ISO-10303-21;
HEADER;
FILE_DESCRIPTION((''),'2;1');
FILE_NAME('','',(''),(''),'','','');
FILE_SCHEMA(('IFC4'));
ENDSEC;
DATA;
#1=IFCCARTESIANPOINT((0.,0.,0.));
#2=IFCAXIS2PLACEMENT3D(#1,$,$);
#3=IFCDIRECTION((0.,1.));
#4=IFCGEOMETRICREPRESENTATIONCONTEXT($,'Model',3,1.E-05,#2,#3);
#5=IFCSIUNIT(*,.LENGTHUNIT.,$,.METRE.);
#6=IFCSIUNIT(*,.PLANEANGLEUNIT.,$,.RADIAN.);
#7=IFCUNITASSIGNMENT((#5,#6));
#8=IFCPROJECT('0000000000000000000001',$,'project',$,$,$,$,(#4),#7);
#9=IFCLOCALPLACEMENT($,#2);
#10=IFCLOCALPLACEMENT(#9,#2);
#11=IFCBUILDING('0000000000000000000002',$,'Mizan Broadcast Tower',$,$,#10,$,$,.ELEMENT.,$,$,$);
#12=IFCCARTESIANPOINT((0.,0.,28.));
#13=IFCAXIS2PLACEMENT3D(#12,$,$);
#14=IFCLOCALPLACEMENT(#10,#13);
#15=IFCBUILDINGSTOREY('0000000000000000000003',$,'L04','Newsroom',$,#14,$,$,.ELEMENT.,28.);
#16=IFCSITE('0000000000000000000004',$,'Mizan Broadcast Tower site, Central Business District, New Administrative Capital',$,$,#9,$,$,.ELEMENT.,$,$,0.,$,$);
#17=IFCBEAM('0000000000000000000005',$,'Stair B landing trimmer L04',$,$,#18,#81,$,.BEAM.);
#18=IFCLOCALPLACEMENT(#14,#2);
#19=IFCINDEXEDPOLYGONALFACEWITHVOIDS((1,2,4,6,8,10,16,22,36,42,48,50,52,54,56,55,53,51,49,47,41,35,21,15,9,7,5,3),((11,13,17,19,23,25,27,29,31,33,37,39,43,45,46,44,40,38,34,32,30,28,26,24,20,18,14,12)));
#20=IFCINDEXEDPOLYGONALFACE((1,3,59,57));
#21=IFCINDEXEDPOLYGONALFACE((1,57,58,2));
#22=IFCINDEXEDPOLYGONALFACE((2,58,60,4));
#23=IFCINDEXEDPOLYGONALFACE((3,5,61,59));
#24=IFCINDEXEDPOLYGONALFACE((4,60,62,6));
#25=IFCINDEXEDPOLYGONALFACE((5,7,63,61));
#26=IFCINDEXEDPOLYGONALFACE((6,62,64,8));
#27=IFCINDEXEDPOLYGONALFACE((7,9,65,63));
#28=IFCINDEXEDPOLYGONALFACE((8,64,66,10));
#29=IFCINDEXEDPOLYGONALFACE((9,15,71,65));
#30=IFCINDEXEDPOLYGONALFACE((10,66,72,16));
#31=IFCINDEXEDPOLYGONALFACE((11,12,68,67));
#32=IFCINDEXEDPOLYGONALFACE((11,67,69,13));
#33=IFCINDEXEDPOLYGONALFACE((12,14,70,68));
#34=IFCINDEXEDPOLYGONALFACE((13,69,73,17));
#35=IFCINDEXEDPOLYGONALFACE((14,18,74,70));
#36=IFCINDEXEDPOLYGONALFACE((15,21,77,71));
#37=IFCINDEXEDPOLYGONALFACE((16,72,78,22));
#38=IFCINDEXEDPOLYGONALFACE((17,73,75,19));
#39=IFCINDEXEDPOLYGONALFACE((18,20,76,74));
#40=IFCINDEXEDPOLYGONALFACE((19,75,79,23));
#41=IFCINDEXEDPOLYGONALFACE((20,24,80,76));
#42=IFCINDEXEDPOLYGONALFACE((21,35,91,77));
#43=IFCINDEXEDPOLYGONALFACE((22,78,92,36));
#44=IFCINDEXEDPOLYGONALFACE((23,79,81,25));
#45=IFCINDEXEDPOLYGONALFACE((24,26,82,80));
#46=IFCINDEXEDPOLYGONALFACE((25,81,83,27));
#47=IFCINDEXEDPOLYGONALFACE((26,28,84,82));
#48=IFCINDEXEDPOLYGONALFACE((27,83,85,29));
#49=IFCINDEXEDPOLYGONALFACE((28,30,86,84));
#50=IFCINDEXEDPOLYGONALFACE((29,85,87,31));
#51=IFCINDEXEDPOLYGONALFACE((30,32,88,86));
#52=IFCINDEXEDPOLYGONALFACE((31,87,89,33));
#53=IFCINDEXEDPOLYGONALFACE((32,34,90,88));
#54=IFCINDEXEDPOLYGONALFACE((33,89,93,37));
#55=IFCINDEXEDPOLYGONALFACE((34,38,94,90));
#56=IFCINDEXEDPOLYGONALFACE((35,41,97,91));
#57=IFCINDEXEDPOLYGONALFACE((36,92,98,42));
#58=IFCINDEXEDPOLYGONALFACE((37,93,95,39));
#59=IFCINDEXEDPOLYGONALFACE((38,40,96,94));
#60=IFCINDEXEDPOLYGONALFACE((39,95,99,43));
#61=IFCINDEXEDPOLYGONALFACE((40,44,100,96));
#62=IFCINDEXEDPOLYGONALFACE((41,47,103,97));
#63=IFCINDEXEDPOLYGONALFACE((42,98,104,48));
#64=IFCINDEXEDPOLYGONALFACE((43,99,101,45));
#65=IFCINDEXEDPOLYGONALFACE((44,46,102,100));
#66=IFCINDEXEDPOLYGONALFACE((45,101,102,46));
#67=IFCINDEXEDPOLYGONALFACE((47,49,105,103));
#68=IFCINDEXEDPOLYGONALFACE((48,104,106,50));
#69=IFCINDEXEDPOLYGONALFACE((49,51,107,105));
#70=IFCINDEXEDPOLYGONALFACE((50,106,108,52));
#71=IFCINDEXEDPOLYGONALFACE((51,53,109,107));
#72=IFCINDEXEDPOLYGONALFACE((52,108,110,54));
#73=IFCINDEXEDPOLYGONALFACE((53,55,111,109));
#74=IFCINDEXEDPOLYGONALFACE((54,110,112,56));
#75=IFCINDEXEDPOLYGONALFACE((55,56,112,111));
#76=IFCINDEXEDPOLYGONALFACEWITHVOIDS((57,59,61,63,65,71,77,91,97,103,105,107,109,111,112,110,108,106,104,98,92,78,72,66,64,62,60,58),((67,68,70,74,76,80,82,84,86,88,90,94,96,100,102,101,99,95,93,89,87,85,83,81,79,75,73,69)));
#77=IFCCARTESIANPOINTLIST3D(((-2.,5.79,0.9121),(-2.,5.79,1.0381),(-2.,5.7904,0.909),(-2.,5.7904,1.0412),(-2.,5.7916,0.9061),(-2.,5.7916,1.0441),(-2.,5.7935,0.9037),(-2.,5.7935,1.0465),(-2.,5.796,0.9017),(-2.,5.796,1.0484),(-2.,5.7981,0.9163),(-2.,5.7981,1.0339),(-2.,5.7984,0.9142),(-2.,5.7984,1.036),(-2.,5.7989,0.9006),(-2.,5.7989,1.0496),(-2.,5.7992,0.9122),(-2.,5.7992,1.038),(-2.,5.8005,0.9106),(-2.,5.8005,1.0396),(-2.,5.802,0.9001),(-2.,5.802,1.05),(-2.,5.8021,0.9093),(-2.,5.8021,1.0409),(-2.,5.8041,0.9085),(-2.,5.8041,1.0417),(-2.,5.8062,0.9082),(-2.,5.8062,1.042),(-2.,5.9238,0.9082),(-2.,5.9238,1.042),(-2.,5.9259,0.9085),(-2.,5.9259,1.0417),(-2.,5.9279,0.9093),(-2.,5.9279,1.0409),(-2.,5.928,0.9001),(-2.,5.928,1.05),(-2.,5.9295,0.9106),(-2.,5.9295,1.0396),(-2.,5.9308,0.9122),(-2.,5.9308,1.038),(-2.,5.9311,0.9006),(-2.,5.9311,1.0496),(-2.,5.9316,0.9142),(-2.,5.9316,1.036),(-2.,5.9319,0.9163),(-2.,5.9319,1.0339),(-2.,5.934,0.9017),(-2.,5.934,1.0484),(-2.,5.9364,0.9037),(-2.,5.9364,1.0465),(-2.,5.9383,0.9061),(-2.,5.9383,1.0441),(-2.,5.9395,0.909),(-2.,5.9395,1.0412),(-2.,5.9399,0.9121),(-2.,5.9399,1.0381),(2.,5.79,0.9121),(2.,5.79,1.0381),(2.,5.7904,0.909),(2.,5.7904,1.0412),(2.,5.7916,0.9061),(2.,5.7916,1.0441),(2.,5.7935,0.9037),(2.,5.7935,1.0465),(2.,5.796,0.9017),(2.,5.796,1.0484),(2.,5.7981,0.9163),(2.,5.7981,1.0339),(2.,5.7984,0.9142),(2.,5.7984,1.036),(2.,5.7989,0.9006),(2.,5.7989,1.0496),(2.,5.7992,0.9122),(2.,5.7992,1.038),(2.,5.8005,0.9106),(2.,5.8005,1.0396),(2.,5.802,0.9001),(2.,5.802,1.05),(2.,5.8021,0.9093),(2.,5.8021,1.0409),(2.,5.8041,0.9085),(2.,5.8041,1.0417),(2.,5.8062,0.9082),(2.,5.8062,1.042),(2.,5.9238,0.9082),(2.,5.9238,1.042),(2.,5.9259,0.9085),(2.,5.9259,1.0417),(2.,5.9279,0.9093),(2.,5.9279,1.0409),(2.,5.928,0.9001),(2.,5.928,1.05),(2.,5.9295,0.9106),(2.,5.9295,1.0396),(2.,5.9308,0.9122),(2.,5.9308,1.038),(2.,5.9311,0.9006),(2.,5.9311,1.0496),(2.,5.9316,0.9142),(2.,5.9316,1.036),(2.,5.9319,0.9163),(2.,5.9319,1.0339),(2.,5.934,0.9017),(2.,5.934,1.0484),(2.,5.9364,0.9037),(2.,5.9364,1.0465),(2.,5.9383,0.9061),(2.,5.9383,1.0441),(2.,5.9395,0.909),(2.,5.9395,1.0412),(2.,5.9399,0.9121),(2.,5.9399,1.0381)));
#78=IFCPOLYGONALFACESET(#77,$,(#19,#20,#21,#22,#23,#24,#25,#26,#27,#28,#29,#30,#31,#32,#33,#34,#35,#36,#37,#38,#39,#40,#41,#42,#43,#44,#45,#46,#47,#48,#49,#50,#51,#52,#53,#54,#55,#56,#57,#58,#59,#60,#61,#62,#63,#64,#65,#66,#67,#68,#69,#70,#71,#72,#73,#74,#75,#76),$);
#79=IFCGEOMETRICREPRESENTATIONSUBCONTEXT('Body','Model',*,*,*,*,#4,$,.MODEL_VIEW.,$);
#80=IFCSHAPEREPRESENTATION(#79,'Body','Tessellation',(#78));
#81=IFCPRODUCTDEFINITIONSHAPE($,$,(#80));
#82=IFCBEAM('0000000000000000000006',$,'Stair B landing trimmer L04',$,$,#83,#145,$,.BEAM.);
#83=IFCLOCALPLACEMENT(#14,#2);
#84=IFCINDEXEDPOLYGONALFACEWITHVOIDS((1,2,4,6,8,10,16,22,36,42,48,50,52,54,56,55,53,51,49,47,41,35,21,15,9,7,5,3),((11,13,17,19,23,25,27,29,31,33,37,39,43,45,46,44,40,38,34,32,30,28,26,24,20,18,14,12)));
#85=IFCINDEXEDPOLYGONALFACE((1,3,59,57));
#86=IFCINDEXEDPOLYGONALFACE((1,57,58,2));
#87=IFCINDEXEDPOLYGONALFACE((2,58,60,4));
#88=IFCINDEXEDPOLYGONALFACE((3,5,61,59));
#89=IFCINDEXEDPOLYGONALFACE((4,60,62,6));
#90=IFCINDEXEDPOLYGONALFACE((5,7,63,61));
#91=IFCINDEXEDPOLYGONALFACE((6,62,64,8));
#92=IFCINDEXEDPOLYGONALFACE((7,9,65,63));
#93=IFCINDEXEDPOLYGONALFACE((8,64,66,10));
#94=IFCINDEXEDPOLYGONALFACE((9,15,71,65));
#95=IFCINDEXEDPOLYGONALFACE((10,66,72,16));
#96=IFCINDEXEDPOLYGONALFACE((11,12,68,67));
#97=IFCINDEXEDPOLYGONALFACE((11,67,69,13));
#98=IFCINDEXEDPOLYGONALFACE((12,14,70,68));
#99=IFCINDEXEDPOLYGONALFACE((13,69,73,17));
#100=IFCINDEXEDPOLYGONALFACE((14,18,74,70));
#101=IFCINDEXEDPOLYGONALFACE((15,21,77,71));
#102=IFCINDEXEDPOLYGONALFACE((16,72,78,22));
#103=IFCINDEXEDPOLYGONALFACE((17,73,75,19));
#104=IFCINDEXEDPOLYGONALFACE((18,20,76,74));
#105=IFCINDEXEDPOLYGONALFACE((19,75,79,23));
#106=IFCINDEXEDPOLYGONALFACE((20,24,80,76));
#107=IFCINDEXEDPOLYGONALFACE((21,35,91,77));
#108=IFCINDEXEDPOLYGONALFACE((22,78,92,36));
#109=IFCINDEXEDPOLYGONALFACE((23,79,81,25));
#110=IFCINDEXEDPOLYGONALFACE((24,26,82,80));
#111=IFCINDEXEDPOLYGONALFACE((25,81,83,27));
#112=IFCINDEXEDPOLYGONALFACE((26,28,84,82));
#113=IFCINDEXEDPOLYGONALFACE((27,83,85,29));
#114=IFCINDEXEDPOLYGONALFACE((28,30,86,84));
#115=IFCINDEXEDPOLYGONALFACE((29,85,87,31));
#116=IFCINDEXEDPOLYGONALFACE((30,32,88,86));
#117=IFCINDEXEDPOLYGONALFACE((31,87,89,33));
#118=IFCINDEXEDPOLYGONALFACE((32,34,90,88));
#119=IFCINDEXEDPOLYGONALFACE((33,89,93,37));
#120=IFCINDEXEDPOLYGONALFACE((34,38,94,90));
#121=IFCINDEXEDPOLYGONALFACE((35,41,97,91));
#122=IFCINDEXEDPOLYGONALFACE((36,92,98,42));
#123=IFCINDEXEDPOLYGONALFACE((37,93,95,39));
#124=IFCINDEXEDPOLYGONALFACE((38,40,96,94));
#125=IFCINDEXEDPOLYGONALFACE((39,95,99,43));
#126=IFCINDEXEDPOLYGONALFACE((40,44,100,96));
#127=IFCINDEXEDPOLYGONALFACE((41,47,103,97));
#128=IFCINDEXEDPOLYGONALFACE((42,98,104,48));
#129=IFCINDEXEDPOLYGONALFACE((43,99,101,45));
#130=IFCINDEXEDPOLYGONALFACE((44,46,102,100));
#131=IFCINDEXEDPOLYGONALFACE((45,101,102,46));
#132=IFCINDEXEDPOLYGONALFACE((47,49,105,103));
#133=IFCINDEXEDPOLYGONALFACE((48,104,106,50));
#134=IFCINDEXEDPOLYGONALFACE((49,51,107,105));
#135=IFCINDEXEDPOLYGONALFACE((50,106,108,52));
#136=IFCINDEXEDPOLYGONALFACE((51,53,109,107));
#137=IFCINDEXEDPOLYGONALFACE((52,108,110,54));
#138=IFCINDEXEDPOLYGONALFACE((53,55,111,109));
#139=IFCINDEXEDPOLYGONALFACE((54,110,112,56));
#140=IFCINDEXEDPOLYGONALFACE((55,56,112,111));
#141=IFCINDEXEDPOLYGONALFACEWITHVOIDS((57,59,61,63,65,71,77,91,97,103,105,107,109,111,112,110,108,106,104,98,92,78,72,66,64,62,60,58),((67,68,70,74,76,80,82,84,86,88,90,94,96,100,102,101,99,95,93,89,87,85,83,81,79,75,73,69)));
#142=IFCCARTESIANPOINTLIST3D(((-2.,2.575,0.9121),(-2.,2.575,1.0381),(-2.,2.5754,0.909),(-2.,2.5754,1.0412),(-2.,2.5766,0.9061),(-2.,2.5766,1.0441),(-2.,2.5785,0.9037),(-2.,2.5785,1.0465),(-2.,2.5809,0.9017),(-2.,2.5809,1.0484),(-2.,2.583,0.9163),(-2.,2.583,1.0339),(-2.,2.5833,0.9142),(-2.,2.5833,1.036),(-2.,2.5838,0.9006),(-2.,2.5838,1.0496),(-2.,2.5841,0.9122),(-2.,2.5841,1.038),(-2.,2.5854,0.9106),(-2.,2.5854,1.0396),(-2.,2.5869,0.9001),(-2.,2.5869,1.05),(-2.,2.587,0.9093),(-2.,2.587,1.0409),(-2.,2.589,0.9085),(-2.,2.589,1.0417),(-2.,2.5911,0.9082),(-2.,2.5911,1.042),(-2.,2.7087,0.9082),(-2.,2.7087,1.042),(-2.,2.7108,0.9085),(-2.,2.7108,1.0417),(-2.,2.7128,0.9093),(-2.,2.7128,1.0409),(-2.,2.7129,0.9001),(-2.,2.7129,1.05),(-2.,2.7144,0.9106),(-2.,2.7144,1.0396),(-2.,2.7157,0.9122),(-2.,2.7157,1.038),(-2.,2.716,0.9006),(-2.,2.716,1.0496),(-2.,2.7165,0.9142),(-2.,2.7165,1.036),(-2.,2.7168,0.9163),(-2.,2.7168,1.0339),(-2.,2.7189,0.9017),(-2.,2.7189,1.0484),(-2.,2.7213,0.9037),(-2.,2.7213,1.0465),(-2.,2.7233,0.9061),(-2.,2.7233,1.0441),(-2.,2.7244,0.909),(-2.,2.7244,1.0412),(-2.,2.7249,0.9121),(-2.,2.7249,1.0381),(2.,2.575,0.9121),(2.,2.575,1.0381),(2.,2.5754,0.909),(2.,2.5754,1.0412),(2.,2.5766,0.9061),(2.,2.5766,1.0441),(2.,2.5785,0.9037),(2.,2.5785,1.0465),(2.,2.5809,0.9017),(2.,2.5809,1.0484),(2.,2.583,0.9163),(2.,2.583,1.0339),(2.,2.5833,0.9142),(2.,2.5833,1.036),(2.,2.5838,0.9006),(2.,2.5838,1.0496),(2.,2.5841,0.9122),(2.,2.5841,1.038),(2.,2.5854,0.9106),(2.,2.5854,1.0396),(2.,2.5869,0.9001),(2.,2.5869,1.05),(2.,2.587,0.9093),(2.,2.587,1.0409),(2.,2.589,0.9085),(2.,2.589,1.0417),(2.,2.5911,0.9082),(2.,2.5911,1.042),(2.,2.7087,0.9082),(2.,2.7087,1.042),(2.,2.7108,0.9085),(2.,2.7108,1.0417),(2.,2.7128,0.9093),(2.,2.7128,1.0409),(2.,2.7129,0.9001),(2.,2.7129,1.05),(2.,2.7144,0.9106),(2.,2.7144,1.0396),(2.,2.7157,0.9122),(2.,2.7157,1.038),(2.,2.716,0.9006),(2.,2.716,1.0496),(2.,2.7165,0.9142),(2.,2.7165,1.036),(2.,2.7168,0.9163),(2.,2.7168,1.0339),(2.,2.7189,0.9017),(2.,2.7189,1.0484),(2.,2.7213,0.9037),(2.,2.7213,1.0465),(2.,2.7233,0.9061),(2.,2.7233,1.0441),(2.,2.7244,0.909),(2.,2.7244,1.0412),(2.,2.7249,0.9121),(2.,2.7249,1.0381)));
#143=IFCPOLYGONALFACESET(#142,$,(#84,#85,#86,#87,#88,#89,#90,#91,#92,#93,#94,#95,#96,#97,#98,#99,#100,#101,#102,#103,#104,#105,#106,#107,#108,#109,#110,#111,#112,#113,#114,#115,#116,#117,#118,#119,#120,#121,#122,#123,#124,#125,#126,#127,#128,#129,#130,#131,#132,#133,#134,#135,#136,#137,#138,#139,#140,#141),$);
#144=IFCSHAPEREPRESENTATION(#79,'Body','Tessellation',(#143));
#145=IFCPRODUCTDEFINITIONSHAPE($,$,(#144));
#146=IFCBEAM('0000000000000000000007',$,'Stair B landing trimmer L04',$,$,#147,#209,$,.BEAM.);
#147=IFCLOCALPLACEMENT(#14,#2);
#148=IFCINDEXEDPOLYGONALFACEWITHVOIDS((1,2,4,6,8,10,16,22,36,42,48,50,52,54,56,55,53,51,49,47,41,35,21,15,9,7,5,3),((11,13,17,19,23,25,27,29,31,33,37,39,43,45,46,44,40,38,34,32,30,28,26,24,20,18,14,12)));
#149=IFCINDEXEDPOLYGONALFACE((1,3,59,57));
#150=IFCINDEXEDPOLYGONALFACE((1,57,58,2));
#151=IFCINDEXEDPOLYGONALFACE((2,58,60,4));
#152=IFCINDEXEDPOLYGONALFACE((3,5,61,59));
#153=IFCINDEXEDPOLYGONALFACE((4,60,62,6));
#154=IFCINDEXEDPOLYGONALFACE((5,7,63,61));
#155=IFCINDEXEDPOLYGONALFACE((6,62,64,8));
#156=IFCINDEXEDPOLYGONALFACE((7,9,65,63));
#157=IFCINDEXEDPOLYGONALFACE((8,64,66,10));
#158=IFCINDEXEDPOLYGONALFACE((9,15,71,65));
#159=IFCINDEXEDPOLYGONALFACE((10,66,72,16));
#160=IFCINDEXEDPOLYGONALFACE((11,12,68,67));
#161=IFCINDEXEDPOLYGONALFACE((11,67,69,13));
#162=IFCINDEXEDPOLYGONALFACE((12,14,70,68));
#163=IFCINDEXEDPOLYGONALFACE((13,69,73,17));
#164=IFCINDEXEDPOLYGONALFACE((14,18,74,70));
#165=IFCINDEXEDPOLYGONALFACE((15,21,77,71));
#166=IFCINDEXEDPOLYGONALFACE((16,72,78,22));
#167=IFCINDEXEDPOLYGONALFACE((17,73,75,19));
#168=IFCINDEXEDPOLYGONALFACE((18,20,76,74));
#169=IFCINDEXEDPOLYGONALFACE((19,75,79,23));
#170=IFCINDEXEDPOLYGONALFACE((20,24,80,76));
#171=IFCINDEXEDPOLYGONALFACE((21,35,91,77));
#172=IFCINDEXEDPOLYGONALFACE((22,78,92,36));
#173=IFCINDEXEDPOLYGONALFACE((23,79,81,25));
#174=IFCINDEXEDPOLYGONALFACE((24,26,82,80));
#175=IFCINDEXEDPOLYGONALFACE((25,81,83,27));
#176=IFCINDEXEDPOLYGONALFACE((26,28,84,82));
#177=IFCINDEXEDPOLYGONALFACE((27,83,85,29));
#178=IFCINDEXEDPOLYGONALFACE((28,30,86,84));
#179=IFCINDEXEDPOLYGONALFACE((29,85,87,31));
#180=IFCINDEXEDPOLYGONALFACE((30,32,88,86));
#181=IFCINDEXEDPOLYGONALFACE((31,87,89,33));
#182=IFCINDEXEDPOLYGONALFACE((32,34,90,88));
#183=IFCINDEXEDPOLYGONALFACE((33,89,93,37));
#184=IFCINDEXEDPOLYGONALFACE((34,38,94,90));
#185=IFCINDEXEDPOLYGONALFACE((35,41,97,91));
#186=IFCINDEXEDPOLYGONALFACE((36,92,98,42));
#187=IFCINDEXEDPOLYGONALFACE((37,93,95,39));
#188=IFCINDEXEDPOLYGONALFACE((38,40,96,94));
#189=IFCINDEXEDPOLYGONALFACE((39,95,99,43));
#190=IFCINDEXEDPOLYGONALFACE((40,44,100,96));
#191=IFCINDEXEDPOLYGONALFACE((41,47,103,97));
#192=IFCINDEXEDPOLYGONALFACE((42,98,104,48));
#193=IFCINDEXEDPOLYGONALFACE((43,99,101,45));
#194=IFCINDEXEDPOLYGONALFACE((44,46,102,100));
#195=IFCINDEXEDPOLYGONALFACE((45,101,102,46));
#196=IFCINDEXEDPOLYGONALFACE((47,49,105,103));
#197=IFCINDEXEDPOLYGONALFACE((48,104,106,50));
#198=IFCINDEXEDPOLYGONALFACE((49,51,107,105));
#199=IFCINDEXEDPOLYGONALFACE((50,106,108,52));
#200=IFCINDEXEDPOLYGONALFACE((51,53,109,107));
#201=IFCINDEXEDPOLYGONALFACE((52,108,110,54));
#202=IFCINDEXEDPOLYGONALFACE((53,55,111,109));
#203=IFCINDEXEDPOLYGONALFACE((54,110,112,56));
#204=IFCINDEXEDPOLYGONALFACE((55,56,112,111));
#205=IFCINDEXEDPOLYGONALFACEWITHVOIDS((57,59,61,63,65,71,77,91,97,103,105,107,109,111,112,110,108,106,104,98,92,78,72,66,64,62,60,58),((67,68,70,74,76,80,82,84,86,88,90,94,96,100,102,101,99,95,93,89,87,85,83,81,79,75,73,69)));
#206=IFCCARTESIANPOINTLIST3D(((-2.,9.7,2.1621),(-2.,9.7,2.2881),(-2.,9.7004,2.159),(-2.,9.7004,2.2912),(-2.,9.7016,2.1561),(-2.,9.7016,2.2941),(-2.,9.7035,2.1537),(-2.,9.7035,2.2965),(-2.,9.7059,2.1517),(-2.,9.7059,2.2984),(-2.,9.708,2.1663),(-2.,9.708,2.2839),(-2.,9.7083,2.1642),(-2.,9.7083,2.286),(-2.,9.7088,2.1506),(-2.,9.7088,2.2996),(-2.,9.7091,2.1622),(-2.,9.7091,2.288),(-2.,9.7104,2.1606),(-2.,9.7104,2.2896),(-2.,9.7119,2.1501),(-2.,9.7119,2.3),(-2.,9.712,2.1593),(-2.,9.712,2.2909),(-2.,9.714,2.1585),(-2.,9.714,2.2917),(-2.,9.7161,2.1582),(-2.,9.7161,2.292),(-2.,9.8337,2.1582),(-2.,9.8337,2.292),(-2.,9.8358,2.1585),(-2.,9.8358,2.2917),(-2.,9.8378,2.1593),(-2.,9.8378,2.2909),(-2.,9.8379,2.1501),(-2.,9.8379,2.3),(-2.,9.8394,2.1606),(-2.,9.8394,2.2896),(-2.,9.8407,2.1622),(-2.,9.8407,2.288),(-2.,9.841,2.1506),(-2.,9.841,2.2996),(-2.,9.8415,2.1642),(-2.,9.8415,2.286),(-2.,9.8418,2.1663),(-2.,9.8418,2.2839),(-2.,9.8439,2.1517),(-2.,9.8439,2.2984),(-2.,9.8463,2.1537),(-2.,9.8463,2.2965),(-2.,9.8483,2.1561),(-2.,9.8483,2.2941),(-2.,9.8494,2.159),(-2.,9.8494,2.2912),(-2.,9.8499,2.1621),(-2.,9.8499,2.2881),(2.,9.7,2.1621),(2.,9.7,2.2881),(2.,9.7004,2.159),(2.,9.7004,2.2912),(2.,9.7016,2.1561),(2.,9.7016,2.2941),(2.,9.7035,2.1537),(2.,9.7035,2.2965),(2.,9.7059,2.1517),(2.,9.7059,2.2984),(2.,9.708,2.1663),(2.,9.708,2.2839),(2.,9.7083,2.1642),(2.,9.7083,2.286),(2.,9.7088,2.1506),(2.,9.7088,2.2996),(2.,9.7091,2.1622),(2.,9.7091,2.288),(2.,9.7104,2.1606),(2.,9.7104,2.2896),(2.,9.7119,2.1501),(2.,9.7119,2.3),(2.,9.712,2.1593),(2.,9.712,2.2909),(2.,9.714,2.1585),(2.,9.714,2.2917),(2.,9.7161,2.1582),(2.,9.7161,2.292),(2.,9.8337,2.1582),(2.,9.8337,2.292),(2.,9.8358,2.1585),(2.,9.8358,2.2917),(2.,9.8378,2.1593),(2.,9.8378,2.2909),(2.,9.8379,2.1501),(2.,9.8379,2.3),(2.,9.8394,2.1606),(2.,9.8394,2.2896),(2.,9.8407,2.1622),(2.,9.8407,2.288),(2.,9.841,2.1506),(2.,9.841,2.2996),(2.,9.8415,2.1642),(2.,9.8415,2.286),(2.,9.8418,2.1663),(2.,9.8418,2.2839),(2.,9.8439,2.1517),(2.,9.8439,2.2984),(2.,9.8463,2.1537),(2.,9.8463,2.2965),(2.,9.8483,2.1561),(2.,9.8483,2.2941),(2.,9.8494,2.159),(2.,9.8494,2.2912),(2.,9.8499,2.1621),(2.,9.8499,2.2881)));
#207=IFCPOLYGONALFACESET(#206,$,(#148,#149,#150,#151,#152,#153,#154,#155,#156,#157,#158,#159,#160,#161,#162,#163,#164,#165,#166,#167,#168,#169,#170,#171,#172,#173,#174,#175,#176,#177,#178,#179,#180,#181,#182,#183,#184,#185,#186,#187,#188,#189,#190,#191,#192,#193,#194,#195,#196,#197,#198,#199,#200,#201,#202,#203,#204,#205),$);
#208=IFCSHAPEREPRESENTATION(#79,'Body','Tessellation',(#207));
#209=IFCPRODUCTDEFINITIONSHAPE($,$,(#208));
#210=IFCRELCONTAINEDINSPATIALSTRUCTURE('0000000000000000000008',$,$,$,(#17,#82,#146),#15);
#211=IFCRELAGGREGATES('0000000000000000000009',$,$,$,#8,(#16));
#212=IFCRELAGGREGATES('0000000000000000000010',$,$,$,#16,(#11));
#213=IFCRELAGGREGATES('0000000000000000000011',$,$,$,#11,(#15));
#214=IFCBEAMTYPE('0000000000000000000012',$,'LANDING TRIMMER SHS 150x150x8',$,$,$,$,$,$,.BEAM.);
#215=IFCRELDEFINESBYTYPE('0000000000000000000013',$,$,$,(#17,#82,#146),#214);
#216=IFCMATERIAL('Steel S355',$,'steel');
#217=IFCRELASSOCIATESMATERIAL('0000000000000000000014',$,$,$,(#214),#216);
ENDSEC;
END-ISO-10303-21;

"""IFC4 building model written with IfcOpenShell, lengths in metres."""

from ifc_helpers import new_model, si_unit, direction, frame, origin, origin_2d, place, context, subcontext, project, spatial, hollow_rectangle, extrude, material, material_profile, profile_set, type_object, element, save


model = new_model("IFC4")

# Units and contexts
model_context = context("Model", 3, precision=1e-05, world=origin(), true_north=direction((0.0, 1.0)))
body_context = subcontext(model_context, "Body", "Model", "MODEL_VIEW")
ifc_project = project(units=[si_unit("LENGTHUNIT", "METRE"), si_unit("PLANEANGLEUNIT", "RADIAN")], contexts=[model_context])

# Site, building, storey
site_placement = place(None, origin())
site = spatial("IfcSite", under=ifc_project, at=site_placement, Name="Mizan Broadcast Tower site, Central Business District, New Administrative Capital", CompositionType="ELEMENT", RefElevation=0.0)
building_placement = place(site_placement, origin())
building = spatial("IfcBuilding", under=site, at=building_placement, Name="Mizan Broadcast Tower", CompositionType="ELEMENT")
storey_placement = place(building_placement, frame((0.0, 0.0, 28.0)))
storey = spatial("IfcBuildingStorey", under=building, at=storey_placement, Name="L04", Description="Newsroom", CompositionType="ELEMENT", Elevation=28.0)

# Beams
ifc_material_1 = material(Name="Steel S355", Category="steel")
ifc_material_profile_1 = material_profile(ifc_material_1, hollow_rectangle(XDim=0.1499, YDim=0.1499, WallThickness=0.0081, InnerFilletRadius=0.0081, OuterFilletRadius=0.012, at=origin_2d()), Name="SHS 150x150x8")
ifc_profile_set_1 = profile_set([ifc_material_profile_1], Name="Steel S355")
beam_type_1 = type_object("IfcBeamType", Name="LANDING TRIMMER SHS 150x150x8", PredefinedType="BEAM", material=ifc_profile_set_1)
for number, where, z_axis, x_axis, name in (
    (1, (2.0, 5.865, 0.9751), (-1.0, 0.0, 0.0), (0.0, -1.0, 0.0), "Stair B landing trimmer L04"),
    (2, (2.0, 2.6499, 0.9751), (-1.0, 0.0, 0.0), (0.0, -1.0, 0.0), "Stair B landing trimmer L04"),
    (3, (2.0, 9.7749, 2.2251), (-1.0, 0.0, 0.0), (0.0, -1.0, 0.0), "Stair B landing trimmer L04"),
):
    element("IfcBeam", number, at=place(storey_placement, frame(where, z_axis=z_axis, x_axis=x_axis)), inside=storey, type_object=beam_type_1, Name=name, PredefinedType="BEAM", context=body_context, shape_type="SweptSolid", body=[
        extrude(hollow_rectangle(XDim=0.1499, YDim=0.1499, WallThickness=0.0081, InnerFilletRadius=0.0081, OuterFilletRadius=0.012, at=origin_2d()), origin(), (0.0, 0.0, 1.0), 4.0),
    ])

save(model, "model.ifc")
